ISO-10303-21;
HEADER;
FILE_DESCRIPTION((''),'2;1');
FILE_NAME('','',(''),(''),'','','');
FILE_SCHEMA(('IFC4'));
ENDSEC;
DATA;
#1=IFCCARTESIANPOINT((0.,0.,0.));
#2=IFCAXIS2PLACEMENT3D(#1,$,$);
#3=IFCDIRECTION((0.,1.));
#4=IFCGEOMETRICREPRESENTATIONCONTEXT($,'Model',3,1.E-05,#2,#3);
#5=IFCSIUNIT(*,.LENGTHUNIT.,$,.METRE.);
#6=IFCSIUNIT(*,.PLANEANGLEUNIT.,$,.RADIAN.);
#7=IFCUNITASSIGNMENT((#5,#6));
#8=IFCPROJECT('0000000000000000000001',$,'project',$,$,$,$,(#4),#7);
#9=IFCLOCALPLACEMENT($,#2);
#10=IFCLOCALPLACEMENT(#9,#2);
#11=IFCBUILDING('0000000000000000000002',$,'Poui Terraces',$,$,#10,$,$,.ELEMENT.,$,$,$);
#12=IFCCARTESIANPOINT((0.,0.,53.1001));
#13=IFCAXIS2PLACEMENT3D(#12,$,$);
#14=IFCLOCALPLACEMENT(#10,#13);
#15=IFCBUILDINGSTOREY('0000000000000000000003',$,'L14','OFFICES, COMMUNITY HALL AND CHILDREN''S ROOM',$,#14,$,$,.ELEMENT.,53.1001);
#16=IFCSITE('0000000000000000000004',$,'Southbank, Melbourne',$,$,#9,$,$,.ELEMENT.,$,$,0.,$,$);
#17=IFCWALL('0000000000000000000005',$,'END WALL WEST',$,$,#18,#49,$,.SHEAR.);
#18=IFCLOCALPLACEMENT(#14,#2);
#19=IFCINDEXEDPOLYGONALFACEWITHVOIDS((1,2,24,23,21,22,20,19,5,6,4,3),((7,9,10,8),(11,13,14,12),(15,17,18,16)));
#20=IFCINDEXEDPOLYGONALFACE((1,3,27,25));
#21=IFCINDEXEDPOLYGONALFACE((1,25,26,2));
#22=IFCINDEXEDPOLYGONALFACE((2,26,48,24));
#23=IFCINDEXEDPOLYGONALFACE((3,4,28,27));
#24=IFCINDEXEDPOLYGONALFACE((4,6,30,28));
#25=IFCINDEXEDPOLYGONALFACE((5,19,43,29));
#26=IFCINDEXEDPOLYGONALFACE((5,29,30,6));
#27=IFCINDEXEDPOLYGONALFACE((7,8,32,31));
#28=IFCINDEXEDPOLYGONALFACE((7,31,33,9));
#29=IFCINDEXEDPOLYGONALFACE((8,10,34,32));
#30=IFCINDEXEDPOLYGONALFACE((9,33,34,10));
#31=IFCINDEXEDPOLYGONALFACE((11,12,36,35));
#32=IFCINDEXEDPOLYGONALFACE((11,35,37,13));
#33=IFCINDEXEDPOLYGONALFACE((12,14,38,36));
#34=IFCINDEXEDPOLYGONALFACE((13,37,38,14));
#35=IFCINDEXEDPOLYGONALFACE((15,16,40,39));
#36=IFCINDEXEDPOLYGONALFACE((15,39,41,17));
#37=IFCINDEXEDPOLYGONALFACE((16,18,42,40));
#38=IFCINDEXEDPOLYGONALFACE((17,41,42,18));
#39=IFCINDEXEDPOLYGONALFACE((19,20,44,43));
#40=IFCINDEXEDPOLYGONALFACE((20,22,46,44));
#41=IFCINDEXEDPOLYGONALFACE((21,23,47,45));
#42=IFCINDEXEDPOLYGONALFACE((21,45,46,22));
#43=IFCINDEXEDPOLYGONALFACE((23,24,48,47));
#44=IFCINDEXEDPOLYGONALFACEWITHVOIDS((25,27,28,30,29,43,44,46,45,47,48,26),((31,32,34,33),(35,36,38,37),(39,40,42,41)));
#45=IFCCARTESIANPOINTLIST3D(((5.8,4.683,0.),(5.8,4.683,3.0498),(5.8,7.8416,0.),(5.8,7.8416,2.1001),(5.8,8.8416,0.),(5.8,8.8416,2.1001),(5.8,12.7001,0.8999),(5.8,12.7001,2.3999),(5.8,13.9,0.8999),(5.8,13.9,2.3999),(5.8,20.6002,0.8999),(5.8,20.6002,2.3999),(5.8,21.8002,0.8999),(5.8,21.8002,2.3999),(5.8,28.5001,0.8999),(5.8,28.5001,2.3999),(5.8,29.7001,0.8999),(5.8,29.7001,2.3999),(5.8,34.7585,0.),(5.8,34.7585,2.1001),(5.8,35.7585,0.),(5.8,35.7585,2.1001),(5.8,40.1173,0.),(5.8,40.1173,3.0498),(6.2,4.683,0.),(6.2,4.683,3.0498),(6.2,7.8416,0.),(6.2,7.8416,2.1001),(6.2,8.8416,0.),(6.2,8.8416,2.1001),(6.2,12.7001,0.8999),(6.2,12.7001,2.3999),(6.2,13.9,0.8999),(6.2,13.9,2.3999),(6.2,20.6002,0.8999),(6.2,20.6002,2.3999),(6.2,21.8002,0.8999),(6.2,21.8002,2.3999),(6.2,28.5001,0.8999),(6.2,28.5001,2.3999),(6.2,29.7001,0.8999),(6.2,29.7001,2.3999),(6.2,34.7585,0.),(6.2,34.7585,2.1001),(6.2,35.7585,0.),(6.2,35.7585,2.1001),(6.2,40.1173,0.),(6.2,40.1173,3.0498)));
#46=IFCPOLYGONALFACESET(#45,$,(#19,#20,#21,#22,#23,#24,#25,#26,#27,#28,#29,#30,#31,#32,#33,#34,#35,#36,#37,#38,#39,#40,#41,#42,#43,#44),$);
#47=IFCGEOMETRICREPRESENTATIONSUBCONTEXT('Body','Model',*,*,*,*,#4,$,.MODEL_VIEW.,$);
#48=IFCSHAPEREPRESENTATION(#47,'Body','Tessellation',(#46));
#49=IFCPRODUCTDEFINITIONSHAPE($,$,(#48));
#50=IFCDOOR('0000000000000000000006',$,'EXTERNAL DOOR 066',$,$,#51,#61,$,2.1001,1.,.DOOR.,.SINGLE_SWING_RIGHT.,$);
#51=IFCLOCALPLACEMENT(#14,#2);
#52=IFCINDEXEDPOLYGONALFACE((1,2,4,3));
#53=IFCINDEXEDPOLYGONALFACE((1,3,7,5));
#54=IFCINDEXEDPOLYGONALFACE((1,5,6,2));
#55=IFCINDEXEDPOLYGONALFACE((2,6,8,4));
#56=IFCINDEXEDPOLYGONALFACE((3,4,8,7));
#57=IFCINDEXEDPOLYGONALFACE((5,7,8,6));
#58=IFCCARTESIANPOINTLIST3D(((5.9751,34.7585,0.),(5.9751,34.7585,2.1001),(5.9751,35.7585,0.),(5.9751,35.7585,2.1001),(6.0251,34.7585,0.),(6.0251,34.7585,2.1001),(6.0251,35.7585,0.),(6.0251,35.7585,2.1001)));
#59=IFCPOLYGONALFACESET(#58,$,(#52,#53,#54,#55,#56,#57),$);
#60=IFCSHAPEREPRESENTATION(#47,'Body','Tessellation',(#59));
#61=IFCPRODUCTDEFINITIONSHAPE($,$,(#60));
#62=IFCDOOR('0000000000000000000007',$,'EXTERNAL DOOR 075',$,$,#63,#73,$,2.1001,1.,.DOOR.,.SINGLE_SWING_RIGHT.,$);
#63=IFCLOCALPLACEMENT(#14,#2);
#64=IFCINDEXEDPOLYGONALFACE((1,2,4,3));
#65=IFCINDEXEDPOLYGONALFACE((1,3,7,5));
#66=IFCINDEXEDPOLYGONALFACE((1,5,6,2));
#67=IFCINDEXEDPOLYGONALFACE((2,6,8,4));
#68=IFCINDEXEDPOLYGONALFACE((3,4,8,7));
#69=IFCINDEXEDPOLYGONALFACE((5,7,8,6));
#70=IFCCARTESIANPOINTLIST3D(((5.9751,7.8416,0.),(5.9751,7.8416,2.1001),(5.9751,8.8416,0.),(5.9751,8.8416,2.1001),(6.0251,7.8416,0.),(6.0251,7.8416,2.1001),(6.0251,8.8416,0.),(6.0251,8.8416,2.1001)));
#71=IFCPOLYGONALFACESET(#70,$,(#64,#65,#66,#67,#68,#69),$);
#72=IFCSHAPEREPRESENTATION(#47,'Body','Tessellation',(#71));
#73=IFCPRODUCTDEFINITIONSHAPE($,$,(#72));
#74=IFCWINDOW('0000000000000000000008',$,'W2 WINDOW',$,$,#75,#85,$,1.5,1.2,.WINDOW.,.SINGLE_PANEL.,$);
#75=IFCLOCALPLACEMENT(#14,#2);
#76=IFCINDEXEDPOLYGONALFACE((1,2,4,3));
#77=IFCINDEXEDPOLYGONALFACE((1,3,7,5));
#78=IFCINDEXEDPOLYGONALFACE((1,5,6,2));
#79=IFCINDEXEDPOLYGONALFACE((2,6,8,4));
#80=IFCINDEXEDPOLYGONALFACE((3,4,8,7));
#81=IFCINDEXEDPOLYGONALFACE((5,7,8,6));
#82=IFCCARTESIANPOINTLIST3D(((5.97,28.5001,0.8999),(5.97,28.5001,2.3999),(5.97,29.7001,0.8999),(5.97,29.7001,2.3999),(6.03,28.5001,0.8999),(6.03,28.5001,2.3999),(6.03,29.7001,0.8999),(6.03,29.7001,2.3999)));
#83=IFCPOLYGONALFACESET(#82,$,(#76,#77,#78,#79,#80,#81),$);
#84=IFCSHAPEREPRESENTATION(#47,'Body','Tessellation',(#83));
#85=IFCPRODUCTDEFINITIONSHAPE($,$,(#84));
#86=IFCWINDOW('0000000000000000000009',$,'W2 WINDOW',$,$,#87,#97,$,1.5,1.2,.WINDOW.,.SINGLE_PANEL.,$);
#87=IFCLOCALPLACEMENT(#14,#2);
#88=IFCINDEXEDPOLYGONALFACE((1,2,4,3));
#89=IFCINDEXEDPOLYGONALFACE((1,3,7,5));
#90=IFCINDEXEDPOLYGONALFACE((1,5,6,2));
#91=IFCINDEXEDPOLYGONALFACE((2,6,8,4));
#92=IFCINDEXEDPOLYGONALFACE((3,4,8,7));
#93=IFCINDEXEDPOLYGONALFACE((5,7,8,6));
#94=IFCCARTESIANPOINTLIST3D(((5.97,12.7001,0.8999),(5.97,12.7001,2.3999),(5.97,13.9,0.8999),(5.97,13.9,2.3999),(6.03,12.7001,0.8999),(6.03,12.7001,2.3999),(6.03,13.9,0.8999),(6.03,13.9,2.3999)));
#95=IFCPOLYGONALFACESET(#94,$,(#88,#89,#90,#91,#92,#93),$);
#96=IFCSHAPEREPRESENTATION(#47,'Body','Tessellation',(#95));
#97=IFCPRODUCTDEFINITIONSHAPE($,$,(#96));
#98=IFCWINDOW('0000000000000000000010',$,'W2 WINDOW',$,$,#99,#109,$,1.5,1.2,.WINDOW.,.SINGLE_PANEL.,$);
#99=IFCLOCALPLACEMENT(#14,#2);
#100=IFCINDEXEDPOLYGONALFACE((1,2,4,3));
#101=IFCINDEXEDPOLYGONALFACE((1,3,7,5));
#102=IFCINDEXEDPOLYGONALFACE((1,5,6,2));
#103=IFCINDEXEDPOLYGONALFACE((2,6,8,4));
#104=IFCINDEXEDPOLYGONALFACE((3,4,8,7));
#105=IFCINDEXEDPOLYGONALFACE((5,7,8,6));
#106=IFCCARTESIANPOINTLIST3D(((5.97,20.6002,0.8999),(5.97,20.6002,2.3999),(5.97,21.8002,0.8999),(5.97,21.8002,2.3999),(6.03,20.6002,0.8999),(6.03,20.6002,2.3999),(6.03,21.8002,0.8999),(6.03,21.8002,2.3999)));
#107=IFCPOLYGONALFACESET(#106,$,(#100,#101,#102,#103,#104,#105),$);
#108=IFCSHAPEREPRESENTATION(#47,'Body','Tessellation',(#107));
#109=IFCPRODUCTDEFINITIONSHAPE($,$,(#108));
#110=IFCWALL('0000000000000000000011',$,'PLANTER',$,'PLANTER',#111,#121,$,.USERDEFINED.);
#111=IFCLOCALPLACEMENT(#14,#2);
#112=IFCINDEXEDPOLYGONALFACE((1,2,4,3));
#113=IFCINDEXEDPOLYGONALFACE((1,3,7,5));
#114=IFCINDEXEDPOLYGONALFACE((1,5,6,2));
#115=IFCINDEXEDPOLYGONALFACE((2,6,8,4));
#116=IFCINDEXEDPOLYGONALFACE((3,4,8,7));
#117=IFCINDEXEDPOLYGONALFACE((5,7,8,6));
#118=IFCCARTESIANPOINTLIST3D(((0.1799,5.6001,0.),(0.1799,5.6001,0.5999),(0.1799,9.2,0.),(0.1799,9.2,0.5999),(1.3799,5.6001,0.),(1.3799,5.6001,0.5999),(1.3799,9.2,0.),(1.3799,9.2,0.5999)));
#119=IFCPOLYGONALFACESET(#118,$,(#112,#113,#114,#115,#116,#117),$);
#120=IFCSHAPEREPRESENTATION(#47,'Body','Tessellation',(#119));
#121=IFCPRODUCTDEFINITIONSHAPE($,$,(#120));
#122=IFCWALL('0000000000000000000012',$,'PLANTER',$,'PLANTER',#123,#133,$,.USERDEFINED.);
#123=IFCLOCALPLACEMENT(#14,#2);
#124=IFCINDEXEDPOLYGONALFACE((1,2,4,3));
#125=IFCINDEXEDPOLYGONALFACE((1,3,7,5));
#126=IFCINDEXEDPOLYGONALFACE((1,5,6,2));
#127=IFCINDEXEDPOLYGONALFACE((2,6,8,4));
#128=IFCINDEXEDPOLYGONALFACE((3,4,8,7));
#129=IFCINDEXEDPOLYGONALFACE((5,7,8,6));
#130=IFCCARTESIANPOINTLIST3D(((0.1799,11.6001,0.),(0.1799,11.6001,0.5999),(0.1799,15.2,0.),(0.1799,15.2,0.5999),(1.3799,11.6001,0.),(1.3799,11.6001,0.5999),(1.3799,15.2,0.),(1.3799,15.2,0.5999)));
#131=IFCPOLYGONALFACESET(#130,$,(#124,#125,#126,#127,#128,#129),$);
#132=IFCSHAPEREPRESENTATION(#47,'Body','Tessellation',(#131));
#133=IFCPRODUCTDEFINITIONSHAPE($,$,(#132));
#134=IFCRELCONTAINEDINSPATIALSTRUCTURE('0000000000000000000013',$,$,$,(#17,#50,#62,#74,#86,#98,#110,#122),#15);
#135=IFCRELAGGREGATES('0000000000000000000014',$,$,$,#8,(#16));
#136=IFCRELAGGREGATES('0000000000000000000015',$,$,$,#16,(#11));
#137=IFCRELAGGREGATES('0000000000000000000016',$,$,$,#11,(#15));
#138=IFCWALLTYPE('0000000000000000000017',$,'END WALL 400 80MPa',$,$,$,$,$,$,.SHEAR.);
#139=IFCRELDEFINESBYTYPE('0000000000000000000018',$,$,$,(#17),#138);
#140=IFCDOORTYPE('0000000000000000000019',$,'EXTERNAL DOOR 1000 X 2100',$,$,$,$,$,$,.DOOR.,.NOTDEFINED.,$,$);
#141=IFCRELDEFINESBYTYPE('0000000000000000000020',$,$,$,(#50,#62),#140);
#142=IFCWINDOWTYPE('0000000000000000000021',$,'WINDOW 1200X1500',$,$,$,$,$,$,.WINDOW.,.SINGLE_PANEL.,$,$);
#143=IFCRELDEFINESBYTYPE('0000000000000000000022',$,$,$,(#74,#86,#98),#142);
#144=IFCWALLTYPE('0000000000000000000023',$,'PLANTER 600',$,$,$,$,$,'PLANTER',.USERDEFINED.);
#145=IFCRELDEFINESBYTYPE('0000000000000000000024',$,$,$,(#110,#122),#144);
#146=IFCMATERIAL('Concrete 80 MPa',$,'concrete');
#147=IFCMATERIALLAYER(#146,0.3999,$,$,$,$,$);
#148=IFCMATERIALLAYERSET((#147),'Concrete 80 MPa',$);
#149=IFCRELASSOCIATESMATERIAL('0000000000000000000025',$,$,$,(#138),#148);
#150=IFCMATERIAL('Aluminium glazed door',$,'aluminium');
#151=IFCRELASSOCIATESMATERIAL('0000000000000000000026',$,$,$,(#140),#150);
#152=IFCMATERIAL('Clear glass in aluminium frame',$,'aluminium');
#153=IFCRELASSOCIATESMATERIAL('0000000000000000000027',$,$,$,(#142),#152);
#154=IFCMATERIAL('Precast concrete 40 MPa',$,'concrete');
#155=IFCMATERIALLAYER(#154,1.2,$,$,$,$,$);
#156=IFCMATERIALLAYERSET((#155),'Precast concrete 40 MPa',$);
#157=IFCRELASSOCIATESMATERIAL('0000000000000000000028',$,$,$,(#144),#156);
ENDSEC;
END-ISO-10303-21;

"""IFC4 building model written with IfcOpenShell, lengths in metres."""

from ifc_helpers import new_model, si_unit, direction, frame, frame_2d, origin, place, context, subcontext, project, spatial, polyline, rectangle, outline, extrude, source, transform, mapped, material, layer, layer_set, type_object, element, fill, save


model = new_model("IFC4")

# Units and contexts
model_context = context("Model", 3, precision=1e-05, world=origin(), true_north=direction((0.0, 1.0)))
body_context = subcontext(model_context, "Body", "Model", "MODEL_VIEW")
ifc_project = project(units=[si_unit("LENGTHUNIT", "METRE"), si_unit("PLANEANGLEUNIT", "RADIAN")], contexts=[model_context])

# Site, building, storey
site_placement = place(None, origin())
site = spatial("IfcSite", under=ifc_project, at=site_placement, Name="Southbank, Melbourne", CompositionType="ELEMENT", RefElevation=0.0)
building_placement = place(site_placement, origin())
building = spatial("IfcBuilding", under=site, at=building_placement, Name="Poui Terraces", CompositionType="ELEMENT")
storey_placement = place(building_placement, frame((0.0, 0.0, 53.1001)))
storey = spatial("IfcBuildingStorey", under=building, at=storey_placement, Name="L14", Description="OFFICES, COMMUNITY HALL AND CHILDREN'S ROOM", CompositionType="ELEMENT", Elevation=53.1001)

# Wall, openings, doors, windows
ifc_material_1 = material(Name="Concrete 80 MPa", Category="concrete")
ifc_layer_1 = layer(ifc_material_1, 0.3999)
ifc_layer_set_1 = layer_set([ifc_layer_1], Name="Concrete 80 MPa")
wall_type_1 = type_object("IfcWallType", Name="END WALL 400 80MPa", PredefinedType="SHEAR", material=ifc_layer_set_1)
wall_placement = place(storey_placement, frame((6.0, 4.6829, 0.0), z_axis=(0.0, 0.0, 1.0), x_axis=(0.0, 1.0, 0.0)))
wall = element("IfcWall", 1, at=wall_placement, inside=storey, type_object=wall_type_1, Name="END WALL WEST", PredefinedType="SHEAR", context=body_context, shape_type="SweptSolid", body=[
    extrude(rectangle(XDim=35.4343, YDim=0.3999, at=frame_2d((17.7173, 0.0))), origin(), (0.0, 0.0, 1.0), 3.0498),
])
opening_1_placement = place(wall_placement, frame((23.8171, 0.0, 0.8999)))
opening_1 = element("IfcOpeningElement", 2, at=opening_1_placement, cuts=wall, PredefinedType="OPENING", context=body_context, shape_type="SweptSolid", body=[
    extrude(rectangle(XDim=1.2, YDim=1.5, at=frame_2d((0.6001, 0.75))), frame((0.0, 0.21, 0.0), z_axis=(0.0, -1.0, 0.0), x_axis=(1.0, 0.0, 0.0)), (0.0, 0.0, 1.0), 0.4199),
])
opening_2_placement = place(wall_placement, frame((8.0171, 0.0, 0.8999)))
opening_2 = element("IfcOpeningElement", 3, at=opening_2_placement, cuts=wall, PredefinedType="OPENING", context=body_context, shape_type="SweptSolid", body=[
    extrude(rectangle(XDim=1.2, YDim=1.5, at=frame_2d((0.6001, 0.75))), frame((0.0, 0.21, 0.0), z_axis=(0.0, -1.0, 0.0), x_axis=(1.0, 0.0, 0.0)), (0.0, 0.0, 1.0), 0.4199),
])
opening_3_placement = place(wall_placement, frame((15.9172, 0.0, 0.8999)))
opening_3 = element("IfcOpeningElement", 4, at=opening_3_placement, cuts=wall, PredefinedType="OPENING", context=body_context, shape_type="SweptSolid", body=[
    extrude(rectangle(XDim=1.2, YDim=1.5, at=frame_2d((0.6001, 0.75))), frame((0.0, 0.21, 0.0), z_axis=(0.0, -1.0, 0.0), x_axis=(1.0, 0.0, 0.0)), (0.0, 0.0, 1.0), 0.4199),
])
opening_4_placement = place(wall_placement, frame((30.0757, 0.0, 0.0)))
opening_4 = element("IfcOpeningElement", 5, at=opening_4_placement, cuts=wall, PredefinedType="OPENING", context=body_context, shape_type="SweptSolid", body=[
    extrude(rectangle(XDim=1.0, YDim=2.1001, at=frame_2d((0.5, 1.05))), frame((0.0, 0.21, 0.0), z_axis=(0.0, -1.0, 0.0), x_axis=(1.0, 0.0, 0.0)), (0.0, 0.0, 1.0), 0.4199),
])
opening_5_placement = place(wall_placement, frame((3.1587, 0.0, 0.0)))
opening_5 = element("IfcOpeningElement", 6, at=opening_5_placement, cuts=wall, PredefinedType="OPENING", context=body_context, shape_type="SweptSolid", body=[
    extrude(rectangle(XDim=1.0, YDim=2.1001, at=frame_2d((0.5, 1.05))), frame((0.0, 0.21, 0.0), z_axis=(0.0, -1.0, 0.0), x_axis=(1.0, 0.0, 0.0)), (0.0, 0.0, 1.0), 0.4199),
])
ifc_material_2 = material(Name="Aluminium glazed door", Category="aluminium")
door_type = type_object("IfcDoorType", Name="EXTERNAL DOOR 1000 X 2100", OperationType="NOTDEFINED", PredefinedType="DOOR", material=ifc_material_2)
door_1_placement = place(opening_4_placement, origin())
door_1 = element("IfcDoor", 7, at=door_1_placement, inside=storey, type_object=door_type, Name="EXTERNAL DOOR 066", OperationType="SINGLE_SWING_RIGHT", OverallHeight=2.1001, OverallWidth=1.0, PredefinedType="DOOR", context=body_context, shape_type="SweptSolid", body=[
    extrude(rectangle(XDim=1.0, YDim=2.1001, at=frame_2d((0.5, 1.05))), frame((0.0, 0.0249, 0.0), z_axis=(0.0, -1.0, 0.0), x_axis=(1.0, 0.0, 0.0)), (0.0, 0.0, 1.0), 0.05),
])
fill(opening_4, door_1)
door_2_placement = place(opening_5_placement, origin())
door_2 = element("IfcDoor", 8, at=door_2_placement, inside=storey, type_object=door_type, Name="EXTERNAL DOOR 075", OperationType="SINGLE_SWING_RIGHT", OverallHeight=2.1001, OverallWidth=1.0, PredefinedType="DOOR", context=body_context, shape_type="SweptSolid", body=[
    extrude(rectangle(XDim=1.0, YDim=2.1001, at=frame_2d((0.5, 1.05))), frame((0.0, 0.0249, 0.0), z_axis=(0.0, -1.0, 0.0), x_axis=(1.0, 0.0, 0.0)), (0.0, 0.0, 1.0), 0.05),
])
fill(opening_5, door_2)
ifc_material_3 = material(Name="Clear glass in aluminium frame", Category="aluminium")
window_type = type_object("IfcWindowType", Name="WINDOW 1200X1500", PartitioningType="SINGLE_PANEL", PredefinedType="WINDOW", material=ifc_material_3)
window_1_placement = place(opening_1_placement, origin())
window_1 = element("IfcWindow", 9, at=window_1_placement, inside=storey, type_object=window_type, Name="W2 WINDOW", OverallHeight=1.5, OverallWidth=1.2, PartitioningType="SINGLE_PANEL", PredefinedType="WINDOW", context=body_context, shape_type="SweptSolid", body=[
    extrude(rectangle(XDim=1.2, YDim=1.5, at=frame_2d((0.6001, 0.75))), frame((0.0, 0.03, 0.0), z_axis=(0.0, -1.0, 0.0), x_axis=(1.0, 0.0, 0.0)), (0.0, 0.0, 1.0), 0.0601),
])
fill(opening_1, window_1)
window_2_placement = place(opening_2_placement, origin())
window_2 = element("IfcWindow", 10, at=window_2_placement, inside=storey, type_object=window_type, Name="W2 WINDOW", OverallHeight=1.5, OverallWidth=1.2, PartitioningType="SINGLE_PANEL", PredefinedType="WINDOW", context=body_context, shape_type="SweptSolid", body=[
    extrude(rectangle(XDim=1.2, YDim=1.5, at=frame_2d((0.6001, 0.75))), frame((0.0, 0.03, 0.0), z_axis=(0.0, -1.0, 0.0), x_axis=(1.0, 0.0, 0.0)), (0.0, 0.0, 1.0), 0.0601),
])
fill(opening_2, window_2)
window_3_placement = place(opening_3_placement, origin())
window_3 = element("IfcWindow", 11, at=window_3_placement, inside=storey, type_object=window_type, Name="W2 WINDOW", OverallHeight=1.5, OverallWidth=1.2, PartitioningType="SINGLE_PANEL", PredefinedType="WINDOW", context=body_context, shape_type="SweptSolid", body=[
    extrude(rectangle(XDim=1.2, YDim=1.5, at=frame_2d((0.6001, 0.75))), frame((0.0, 0.03, 0.0), z_axis=(0.0, -1.0, 0.0), x_axis=(1.0, 0.0, 0.0)), (0.0, 0.0, 1.0), 0.0601),
])
fill(opening_3, window_3)

# Walls
ifc_material_4 = material(Name="Precast concrete 40 MPa", Category="concrete")
ifc_layer_2 = layer(ifc_material_4, 1.2)
ifc_layer_set_2 = layer_set([ifc_layer_2], Name="Precast concrete 40 MPa")
wall_type_2 = type_object("IfcWallType", Name="PLANTER 600", ElementType="PLANTER", PredefinedType="USERDEFINED", material=ifc_layer_set_2)
shared_shape_1 = source(origin(), body_context, "Body", "SweptSolid", [
    extrude(outline(polyline([(0.0, 0.0), (1.2, 0.0), (1.2, 3.5999), (0.0, 3.5999), (0.0, 0.0)])), origin(), (0.0, 0.0, 1.0), 0.5999),
])
for number, where, name in (
    (12, (0.1799, 5.6001, 0.0), "PLANTER"),
    (13, (0.1799, 11.6001, 0.0), "PLANTER"),
):
    element("IfcWall", number, at=place(storey_placement, frame(where)), inside=storey, type_object=wall_type_2, Name=name, ObjectType="PLANTER", PredefinedType="USERDEFINED", context=body_context, shape_type="MappedRepresentation", body=[
        mapped(shared_shape_1, transform((0.0, 0.0, 0.0))),
    ])

save(model, "model.ifc")
